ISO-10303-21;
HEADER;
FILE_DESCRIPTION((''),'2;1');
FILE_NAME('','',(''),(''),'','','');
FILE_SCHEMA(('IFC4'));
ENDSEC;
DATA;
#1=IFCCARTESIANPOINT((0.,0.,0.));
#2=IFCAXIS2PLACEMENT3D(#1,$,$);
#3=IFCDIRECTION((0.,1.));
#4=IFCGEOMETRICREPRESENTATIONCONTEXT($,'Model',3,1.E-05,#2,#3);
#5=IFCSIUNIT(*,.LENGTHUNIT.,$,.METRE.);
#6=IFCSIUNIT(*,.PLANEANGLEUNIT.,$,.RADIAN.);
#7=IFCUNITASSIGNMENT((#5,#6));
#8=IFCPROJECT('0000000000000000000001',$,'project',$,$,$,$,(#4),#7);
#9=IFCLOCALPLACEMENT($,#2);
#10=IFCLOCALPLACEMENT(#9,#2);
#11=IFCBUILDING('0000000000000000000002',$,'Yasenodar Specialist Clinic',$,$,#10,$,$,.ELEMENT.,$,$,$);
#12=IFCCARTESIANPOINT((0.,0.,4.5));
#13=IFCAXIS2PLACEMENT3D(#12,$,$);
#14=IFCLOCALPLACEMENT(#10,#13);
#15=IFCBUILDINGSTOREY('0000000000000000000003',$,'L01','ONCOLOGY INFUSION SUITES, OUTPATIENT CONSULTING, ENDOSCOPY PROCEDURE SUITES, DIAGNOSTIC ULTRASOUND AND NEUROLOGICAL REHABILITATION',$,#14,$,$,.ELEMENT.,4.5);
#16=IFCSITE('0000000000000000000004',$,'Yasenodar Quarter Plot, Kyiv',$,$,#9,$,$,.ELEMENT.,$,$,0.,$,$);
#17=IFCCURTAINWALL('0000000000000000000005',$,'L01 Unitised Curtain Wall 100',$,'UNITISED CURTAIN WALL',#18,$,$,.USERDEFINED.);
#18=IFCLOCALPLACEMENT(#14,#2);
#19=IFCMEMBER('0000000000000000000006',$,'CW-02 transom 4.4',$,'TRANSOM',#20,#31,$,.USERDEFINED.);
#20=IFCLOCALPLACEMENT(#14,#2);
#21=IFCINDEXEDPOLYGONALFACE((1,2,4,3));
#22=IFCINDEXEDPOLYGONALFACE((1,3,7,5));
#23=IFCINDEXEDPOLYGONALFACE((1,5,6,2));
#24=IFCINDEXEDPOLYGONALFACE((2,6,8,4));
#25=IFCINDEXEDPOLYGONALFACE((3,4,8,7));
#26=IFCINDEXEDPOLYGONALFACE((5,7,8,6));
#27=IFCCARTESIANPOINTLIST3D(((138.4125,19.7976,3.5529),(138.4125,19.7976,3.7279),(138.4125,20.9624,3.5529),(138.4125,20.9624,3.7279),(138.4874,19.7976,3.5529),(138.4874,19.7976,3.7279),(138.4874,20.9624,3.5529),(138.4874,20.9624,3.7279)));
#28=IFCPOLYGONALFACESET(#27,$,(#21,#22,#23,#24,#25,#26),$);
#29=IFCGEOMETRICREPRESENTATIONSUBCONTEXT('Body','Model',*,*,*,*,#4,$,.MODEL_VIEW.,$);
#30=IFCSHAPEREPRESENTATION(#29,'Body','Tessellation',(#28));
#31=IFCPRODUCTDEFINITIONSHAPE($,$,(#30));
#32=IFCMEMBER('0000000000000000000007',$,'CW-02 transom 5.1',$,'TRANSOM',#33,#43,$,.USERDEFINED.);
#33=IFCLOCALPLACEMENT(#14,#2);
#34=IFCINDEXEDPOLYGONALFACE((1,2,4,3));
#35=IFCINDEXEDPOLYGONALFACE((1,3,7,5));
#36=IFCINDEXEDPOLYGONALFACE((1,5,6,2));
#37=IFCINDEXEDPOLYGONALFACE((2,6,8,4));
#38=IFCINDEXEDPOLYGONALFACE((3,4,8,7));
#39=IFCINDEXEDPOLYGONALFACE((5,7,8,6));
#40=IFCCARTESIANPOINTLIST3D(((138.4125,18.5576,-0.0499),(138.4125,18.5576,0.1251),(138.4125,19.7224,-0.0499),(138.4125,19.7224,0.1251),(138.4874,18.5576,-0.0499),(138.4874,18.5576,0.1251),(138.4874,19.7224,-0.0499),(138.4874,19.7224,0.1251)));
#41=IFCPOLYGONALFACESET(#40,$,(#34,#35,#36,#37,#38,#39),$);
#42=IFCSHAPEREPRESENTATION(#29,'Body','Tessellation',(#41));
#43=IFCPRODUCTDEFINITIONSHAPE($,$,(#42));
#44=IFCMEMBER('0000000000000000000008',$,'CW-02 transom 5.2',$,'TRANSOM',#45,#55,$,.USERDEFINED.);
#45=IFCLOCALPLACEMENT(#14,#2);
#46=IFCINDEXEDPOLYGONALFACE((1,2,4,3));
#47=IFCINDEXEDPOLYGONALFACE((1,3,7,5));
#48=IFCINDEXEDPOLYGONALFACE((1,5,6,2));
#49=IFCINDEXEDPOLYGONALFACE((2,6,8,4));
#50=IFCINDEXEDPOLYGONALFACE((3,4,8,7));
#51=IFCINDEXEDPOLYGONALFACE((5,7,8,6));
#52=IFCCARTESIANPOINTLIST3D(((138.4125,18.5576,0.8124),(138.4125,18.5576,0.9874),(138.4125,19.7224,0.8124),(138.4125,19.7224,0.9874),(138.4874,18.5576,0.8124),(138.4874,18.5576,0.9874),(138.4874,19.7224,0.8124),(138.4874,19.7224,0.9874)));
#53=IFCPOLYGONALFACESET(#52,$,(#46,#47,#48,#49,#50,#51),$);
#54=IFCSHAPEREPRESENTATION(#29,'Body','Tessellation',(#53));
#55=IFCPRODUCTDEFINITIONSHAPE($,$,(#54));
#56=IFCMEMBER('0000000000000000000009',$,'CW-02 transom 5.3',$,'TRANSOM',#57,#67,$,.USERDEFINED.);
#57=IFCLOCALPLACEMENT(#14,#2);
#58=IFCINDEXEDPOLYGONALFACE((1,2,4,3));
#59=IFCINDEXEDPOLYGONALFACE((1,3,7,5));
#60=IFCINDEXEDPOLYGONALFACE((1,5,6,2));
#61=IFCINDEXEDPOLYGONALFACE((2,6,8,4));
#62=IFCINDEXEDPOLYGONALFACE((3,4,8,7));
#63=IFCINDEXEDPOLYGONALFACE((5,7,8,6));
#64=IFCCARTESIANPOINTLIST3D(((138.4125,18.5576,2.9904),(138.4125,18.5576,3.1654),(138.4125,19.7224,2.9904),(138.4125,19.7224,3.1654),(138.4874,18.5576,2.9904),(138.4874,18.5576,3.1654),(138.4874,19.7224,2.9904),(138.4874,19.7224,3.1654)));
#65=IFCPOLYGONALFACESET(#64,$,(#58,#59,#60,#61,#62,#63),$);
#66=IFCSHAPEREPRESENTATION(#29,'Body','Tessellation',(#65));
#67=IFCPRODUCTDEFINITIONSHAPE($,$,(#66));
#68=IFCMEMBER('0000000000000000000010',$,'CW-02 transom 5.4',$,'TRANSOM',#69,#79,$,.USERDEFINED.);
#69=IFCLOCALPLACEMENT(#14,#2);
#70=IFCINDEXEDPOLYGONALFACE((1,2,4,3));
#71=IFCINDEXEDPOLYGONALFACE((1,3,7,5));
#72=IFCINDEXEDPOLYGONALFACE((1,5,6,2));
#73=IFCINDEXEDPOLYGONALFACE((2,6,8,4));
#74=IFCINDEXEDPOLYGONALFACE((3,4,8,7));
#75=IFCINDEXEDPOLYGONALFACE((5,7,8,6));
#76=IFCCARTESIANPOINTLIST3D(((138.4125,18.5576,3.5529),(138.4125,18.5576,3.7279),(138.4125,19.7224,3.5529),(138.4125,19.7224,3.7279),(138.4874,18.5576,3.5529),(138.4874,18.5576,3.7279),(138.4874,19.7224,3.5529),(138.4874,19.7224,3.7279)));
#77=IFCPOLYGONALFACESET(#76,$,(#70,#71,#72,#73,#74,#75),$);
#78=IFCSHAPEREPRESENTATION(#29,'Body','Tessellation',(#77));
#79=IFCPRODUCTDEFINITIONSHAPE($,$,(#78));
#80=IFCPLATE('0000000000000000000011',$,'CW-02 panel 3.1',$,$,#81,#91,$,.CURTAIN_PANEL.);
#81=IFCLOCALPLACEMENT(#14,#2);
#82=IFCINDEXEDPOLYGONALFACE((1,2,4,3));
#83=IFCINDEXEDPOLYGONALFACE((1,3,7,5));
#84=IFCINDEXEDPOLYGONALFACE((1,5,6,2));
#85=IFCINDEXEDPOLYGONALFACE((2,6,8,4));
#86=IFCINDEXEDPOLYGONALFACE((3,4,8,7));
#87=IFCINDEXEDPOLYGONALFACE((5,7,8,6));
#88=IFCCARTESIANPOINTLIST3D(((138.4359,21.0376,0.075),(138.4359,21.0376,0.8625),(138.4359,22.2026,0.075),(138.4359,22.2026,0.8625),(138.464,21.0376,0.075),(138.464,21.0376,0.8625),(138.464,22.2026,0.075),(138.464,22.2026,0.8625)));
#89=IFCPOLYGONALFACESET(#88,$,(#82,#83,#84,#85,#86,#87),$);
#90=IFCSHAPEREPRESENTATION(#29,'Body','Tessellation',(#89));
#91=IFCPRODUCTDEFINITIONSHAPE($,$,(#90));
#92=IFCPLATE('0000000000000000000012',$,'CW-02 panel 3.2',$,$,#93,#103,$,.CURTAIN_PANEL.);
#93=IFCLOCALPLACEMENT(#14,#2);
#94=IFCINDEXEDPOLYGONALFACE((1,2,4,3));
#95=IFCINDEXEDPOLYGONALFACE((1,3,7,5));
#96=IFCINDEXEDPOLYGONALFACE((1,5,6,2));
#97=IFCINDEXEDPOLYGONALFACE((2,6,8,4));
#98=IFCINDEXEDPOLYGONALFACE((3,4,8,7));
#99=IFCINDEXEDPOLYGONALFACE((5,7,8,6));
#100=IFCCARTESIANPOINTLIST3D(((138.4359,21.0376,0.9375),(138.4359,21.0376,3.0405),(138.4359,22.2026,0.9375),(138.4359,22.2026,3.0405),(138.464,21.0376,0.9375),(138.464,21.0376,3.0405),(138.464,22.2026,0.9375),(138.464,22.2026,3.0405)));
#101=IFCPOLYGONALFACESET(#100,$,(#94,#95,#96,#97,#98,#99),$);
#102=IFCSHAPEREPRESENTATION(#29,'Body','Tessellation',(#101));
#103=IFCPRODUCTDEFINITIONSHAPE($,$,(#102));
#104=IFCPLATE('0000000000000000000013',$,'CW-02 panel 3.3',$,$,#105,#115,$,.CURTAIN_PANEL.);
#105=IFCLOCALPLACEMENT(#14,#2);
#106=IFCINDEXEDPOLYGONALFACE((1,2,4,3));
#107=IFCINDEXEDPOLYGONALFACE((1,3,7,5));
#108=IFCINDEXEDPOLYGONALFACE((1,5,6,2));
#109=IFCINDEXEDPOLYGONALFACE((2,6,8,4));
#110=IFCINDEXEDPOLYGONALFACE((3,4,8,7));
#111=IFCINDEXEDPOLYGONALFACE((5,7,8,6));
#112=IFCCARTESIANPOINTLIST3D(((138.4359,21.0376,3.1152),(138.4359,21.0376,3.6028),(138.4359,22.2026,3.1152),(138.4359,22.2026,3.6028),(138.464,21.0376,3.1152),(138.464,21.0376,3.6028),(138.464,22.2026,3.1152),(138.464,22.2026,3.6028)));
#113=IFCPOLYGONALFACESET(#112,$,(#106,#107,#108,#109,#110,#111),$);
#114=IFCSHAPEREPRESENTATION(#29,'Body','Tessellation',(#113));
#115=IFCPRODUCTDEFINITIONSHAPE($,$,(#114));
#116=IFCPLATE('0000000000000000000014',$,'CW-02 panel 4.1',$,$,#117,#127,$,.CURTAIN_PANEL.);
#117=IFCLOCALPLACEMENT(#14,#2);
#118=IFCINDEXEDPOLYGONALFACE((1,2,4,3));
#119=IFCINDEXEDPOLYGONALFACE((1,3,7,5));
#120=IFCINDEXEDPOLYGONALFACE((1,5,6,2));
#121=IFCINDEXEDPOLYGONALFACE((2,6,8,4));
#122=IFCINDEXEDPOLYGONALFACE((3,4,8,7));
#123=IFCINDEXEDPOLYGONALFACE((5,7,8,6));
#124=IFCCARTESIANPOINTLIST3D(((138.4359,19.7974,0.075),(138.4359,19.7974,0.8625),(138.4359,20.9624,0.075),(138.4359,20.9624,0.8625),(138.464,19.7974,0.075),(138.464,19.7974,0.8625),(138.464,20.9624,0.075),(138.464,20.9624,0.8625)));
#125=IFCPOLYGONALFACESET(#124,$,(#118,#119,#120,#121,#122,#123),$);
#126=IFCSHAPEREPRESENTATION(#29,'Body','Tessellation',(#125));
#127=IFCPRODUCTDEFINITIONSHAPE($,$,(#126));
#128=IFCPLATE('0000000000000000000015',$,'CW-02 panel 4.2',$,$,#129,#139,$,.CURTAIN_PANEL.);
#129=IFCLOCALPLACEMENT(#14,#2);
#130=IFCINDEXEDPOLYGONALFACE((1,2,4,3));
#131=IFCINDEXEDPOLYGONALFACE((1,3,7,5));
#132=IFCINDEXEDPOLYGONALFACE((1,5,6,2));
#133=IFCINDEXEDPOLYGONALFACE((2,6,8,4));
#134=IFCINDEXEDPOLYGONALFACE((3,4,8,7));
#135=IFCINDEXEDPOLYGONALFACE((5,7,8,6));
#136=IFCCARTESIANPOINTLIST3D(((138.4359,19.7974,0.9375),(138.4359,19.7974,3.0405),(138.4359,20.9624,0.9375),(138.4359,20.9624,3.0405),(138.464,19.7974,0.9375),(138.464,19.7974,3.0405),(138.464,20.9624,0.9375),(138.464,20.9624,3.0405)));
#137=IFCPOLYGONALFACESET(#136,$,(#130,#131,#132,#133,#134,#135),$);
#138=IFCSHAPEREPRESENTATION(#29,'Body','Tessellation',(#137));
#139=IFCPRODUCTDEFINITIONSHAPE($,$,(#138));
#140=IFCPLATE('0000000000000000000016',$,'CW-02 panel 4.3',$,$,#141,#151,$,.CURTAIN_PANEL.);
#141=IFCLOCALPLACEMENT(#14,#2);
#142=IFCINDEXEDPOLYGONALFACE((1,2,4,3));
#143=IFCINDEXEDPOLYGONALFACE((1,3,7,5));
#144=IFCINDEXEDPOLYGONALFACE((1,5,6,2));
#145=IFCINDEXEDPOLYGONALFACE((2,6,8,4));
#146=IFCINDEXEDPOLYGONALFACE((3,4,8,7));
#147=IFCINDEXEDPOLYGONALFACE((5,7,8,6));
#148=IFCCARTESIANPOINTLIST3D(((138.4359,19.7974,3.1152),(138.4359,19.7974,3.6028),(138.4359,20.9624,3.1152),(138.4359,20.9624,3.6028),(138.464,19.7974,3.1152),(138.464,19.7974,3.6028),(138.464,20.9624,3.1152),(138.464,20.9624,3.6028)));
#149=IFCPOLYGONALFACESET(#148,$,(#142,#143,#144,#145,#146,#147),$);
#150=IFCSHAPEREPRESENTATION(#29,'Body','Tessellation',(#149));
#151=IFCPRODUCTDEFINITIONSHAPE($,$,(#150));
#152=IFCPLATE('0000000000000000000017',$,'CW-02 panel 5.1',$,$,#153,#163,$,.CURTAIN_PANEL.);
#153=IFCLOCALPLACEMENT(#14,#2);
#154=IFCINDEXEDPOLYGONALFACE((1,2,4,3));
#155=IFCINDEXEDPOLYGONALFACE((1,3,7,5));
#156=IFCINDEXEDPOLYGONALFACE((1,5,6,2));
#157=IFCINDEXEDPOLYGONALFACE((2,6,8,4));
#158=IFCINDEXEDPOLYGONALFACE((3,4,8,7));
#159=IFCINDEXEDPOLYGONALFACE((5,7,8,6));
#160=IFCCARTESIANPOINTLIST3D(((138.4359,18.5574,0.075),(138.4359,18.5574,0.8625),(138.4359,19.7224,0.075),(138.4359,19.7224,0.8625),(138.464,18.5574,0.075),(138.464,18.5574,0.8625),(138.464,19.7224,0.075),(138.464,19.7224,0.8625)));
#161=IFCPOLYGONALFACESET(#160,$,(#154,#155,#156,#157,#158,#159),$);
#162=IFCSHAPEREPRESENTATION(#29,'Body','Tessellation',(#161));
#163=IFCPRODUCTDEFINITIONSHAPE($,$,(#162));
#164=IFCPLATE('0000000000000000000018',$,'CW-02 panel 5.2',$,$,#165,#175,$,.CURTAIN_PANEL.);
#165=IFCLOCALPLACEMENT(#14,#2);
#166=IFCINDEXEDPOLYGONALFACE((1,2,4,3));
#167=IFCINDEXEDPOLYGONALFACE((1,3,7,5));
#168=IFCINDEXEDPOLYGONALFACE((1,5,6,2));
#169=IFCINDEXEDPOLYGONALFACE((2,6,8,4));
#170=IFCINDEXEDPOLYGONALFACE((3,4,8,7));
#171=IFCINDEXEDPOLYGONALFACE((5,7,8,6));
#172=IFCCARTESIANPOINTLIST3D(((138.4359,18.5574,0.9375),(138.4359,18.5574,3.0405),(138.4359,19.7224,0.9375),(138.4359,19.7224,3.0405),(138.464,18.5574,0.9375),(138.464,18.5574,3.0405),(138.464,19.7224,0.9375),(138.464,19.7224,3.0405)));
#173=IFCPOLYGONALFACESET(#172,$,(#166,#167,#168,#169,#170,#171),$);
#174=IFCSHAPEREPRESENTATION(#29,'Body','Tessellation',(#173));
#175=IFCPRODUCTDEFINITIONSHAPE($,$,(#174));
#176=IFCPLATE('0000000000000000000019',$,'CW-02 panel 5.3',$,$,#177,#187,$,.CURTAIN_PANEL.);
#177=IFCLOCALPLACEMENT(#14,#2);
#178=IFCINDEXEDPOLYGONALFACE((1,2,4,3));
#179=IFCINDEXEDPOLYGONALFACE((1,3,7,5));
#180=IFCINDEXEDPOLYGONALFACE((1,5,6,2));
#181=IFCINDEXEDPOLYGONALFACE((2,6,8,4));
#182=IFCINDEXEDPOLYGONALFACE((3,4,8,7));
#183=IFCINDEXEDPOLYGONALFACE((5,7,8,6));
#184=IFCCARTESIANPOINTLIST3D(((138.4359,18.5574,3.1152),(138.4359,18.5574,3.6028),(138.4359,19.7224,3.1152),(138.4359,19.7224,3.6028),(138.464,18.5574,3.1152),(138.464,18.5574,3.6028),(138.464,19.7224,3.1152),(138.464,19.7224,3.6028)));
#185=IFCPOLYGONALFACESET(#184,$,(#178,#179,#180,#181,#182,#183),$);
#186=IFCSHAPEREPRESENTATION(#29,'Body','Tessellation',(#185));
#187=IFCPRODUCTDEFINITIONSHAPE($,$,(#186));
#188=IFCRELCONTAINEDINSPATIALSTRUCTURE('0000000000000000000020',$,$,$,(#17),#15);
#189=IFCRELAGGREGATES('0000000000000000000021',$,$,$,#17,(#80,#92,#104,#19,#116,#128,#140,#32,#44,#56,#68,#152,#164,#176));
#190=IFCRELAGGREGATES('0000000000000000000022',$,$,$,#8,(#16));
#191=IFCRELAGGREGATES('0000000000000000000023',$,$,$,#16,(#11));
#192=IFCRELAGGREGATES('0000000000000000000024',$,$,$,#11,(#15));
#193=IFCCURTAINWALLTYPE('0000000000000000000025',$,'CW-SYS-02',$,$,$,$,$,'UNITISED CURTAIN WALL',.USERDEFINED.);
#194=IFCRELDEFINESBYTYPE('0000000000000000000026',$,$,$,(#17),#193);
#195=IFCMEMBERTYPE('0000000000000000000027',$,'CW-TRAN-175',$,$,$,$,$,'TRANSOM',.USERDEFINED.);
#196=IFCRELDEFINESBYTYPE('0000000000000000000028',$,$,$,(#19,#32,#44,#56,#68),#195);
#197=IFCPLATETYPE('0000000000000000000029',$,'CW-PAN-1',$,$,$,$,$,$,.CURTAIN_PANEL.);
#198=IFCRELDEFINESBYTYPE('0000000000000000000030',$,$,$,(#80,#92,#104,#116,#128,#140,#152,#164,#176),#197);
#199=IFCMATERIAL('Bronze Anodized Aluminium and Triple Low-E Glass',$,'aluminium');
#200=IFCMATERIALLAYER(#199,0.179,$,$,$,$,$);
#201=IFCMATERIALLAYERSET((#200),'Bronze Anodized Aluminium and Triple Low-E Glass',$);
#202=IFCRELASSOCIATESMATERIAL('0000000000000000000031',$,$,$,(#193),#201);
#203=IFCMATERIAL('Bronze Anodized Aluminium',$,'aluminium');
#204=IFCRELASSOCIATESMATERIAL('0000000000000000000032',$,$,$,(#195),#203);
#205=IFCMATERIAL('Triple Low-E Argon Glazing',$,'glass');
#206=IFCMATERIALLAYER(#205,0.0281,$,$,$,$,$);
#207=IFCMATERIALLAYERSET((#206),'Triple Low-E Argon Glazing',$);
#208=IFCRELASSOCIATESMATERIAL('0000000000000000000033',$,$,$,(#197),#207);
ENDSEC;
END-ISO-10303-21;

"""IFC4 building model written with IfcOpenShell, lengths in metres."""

from ifc_helpers import new_model, si_unit, direction, frame, origin, origin_2d, place, context, subcontext, project, spatial, rectangle, extrude, material, layer, layer_set, material_profile, profile_set, type_object, element, aggregate, save


model = new_model("IFC4")

# Units and contexts
model_context = context("Model", 3, precision=1e-05, world=origin(), true_north=direction((0.0, 1.0)))
body_context = subcontext(model_context, "Body", "Model", "MODEL_VIEW")
ifc_project = project(units=[si_unit("LENGTHUNIT", "METRE"), si_unit("PLANEANGLEUNIT", "RADIAN")], contexts=[model_context])

# Site, building, storey
site_placement = place(None, origin())
site = spatial("IfcSite", under=ifc_project, at=site_placement, Name="Yasenodar Quarter Plot, Kyiv", CompositionType="ELEMENT", RefElevation=0.0)
building_placement = place(site_placement, origin())
building = spatial("IfcBuilding", under=site, at=building_placement, Name="Yasenodar Specialist Clinic", CompositionType="ELEMENT")
storey_placement = place(building_placement, frame((0.0, 0.0, 4.5)))
storey = spatial("IfcBuildingStorey", under=building, at=storey_placement, Name="L01", Description="ONCOLOGY INFUSION SUITES, OUTPATIENT CONSULTING, ENDOSCOPY PROCEDURE SUITES, DIAGNOSTIC ULTRASOUND AND NEUROLOGICAL REHABILITATION", CompositionType="ELEMENT", Elevation=4.5)

# Curtain wall, members, plates
ifc_material_1 = material(Name="Bronze Anodized Aluminium and Triple Low-E Glass", Category="aluminium")
ifc_layer_1 = layer(ifc_material_1, 0.179)
ifc_layer_set_1 = layer_set([ifc_layer_1], Name="Bronze Anodized Aluminium and Triple Low-E Glass")
curtain_wall_type = type_object("IfcCurtainWallType", Name="CW-SYS-02", ElementType="UNITISED CURTAIN WALL", PredefinedType="USERDEFINED", material=ifc_layer_set_1)
curtain_wall_placement = place(storey_placement, origin())
curtain_wall = element("IfcCurtainWall", 1, at=curtain_wall_placement, inside=storey, type_object=curtain_wall_type, Name="L01 Unitised Curtain Wall 100", ObjectType="UNITISED CURTAIN WALL", PredefinedType="USERDEFINED")
ifc_material_2 = material(Name="Bronze Anodized Aluminium", Category="aluminium")
ifc_material_profile_1 = material_profile(ifc_material_2, rectangle(XDim=0.075, YDim=0.175, at=origin_2d()), Name="CW-TRAN 75x175")
ifc_profile_set_1 = profile_set([ifc_material_profile_1], Name="Bronze Anodized Aluminium")
member_type_1 = type_object("IfcMemberType", Name="CW-TRAN-175", ElementType="TRANSOM", PredefinedType="USERDEFINED", material=ifc_profile_set_1)
member_1_placement = place(storey_placement, frame((138.45, 20.9624, 3.6404), z_axis=(0.0, -1.0, 0.0), x_axis=(1.0, 0.0, 0.0)))
member_1 = element("IfcMember", 2, at=member_1_placement, type_object=member_type_1, Name="CW-02 transom 4.4", ObjectType="TRANSOM", PredefinedType="USERDEFINED", context=body_context, shape_type="SweptSolid", body=[
    extrude(rectangle(XDim=0.075, YDim=0.175, at=origin_2d()), origin(), (0.0, 0.0, 1.0), 1.1648),
])
member_2_placement = place(storey_placement, frame((138.45, 19.7224, 0.0376), z_axis=(0.0, -1.0, 0.0), x_axis=(1.0, 0.0, 0.0)))
member_2 = element("IfcMember", 3, at=member_2_placement, type_object=member_type_1, Name="CW-02 transom 5.1", ObjectType="TRANSOM", PredefinedType="USERDEFINED", context=body_context, shape_type="SweptSolid", body=[
    extrude(rectangle(XDim=0.075, YDim=0.175, at=origin_2d()), origin(), (0.0, 0.0, 1.0), 1.1648),
])
member_3_placement = place(storey_placement, frame((138.45, 19.7224, 0.8999), z_axis=(0.0, -1.0, 0.0), x_axis=(1.0, 0.0, 0.0)))
member_3 = element("IfcMember", 4, at=member_3_placement, type_object=member_type_1, Name="CW-02 transom 5.2", ObjectType="TRANSOM", PredefinedType="USERDEFINED", context=body_context, shape_type="SweptSolid", body=[
    extrude(rectangle(XDim=0.075, YDim=0.175, at=origin_2d()), origin(), (0.0, 0.0, 1.0), 1.1648),
])
member_4_placement = place(storey_placement, frame((138.45, 19.7224, 3.0779), z_axis=(0.0, -1.0, 0.0), x_axis=(1.0, 0.0, 0.0)))
member_4 = element("IfcMember", 5, at=member_4_placement, type_object=member_type_1, Name="CW-02 transom 5.3", ObjectType="TRANSOM", PredefinedType="USERDEFINED", context=body_context, shape_type="SweptSolid", body=[
    extrude(rectangle(XDim=0.075, YDim=0.175, at=origin_2d()), origin(), (0.0, 0.0, 1.0), 1.1648),
])
member_5_placement = place(storey_placement, frame((138.45, 19.7224, 3.6404), z_axis=(0.0, -1.0, 0.0), x_axis=(1.0, 0.0, 0.0)))
member_5 = element("IfcMember", 6, at=member_5_placement, type_object=member_type_1, Name="CW-02 transom 5.4", ObjectType="TRANSOM", PredefinedType="USERDEFINED", context=body_context, shape_type="SweptSolid", body=[
    extrude(rectangle(XDim=0.075, YDim=0.175, at=origin_2d()), origin(), (0.0, 0.0, 1.0), 1.1648),
])
ifc_material_3 = material(Name="Triple Low-E Argon Glazing", Category="glass")
ifc_layer_2 = layer(ifc_material_3, 0.0281)
ifc_layer_set_2 = layer_set([ifc_layer_2], Name="Triple Low-E Argon Glazing")
plate_type = type_object("IfcPlateType", Name="CW-PAN-1", PredefinedType="CURTAIN_PANEL", material=ifc_layer_set_2)
plate_1_placement = place(storey_placement, frame((138.45, 21.6201, 0.075), z_axis=(0.0, 0.0, 1.0), x_axis=(0.0, -1.0, 0.0)))
plate_1 = element("IfcPlate", 7, at=plate_1_placement, type_object=plate_type, Name="CW-02 panel 3.1", PredefinedType="CURTAIN_PANEL", context=body_context, shape_type="SweptSolid", body=[
    extrude(rectangle(XDim=1.165, YDim=0.0281, at=origin_2d()), origin(), (0.0, 0.0, 1.0), 0.7876),
])
plate_2_placement = place(storey_placement, frame((138.45, 21.6201, 0.9375), z_axis=(0.0, 0.0, 1.0), x_axis=(0.0, -1.0, 0.0)))
plate_2 = element("IfcPlate", 8, at=plate_2_placement, type_object=plate_type, Name="CW-02 panel 3.2", PredefinedType="CURTAIN_PANEL", context=body_context, shape_type="SweptSolid", body=[
    extrude(rectangle(XDim=1.165, YDim=0.0281, at=origin_2d()), origin(), (0.0, 0.0, 1.0), 2.103),
])
plate_3_placement = place(storey_placement, frame((138.45, 21.6201, 3.1152), z_axis=(0.0, 0.0, 1.0), x_axis=(0.0, -1.0, 0.0)))
plate_3 = element("IfcPlate", 9, at=plate_3_placement, type_object=plate_type, Name="CW-02 panel 3.3", PredefinedType="CURTAIN_PANEL", context=body_context, shape_type="SweptSolid", body=[
    extrude(rectangle(XDim=1.165, YDim=0.0281, at=origin_2d()), origin(), (0.0, 0.0, 1.0), 0.4875),
])
plate_4_placement = place(storey_placement, frame((138.45, 20.3799, 0.075), z_axis=(0.0, 0.0, 1.0), x_axis=(0.0, -1.0, 0.0)))
plate_4 = element("IfcPlate", 10, at=plate_4_placement, type_object=plate_type, Name="CW-02 panel 4.1", PredefinedType="CURTAIN_PANEL", context=body_context, shape_type="SweptSolid", body=[
    extrude(rectangle(XDim=1.165, YDim=0.0281, at=origin_2d()), origin(), (0.0, 0.0, 1.0), 0.7876),
])
plate_5_placement = place(storey_placement, frame((138.45, 20.3799, 0.9375), z_axis=(0.0, 0.0, 1.0), x_axis=(0.0, -1.0, 0.0)))
plate_5 = element("IfcPlate", 11, at=plate_5_placement, type_object=plate_type, Name="CW-02 panel 4.2", PredefinedType="CURTAIN_PANEL", context=body_context, shape_type="SweptSolid", body=[
    extrude(rectangle(XDim=1.165, YDim=0.0281, at=origin_2d()), origin(), (0.0, 0.0, 1.0), 2.103),
])
plate_6_placement = place(storey_placement, frame((138.45, 20.3799, 3.1152), z_axis=(0.0, 0.0, 1.0), x_axis=(0.0, -1.0, 0.0)))
plate_6 = element("IfcPlate", 12, at=plate_6_placement, type_object=plate_type, Name="CW-02 panel 4.3", PredefinedType="CURTAIN_PANEL", context=body_context, shape_type="SweptSolid", body=[
    extrude(rectangle(XDim=1.165, YDim=0.0281, at=origin_2d()), origin(), (0.0, 0.0, 1.0), 0.4875),
])
plate_7_placement = place(storey_placement, frame((138.45, 19.1399, 0.075), z_axis=(0.0, 0.0, 1.0), x_axis=(0.0, -1.0, 0.0)))
plate_7 = element("IfcPlate", 13, at=plate_7_placement, type_object=plate_type, Name="CW-02 panel 5.1", PredefinedType="CURTAIN_PANEL", context=body_context, shape_type="SweptSolid", body=[
    extrude(rectangle(XDim=1.165, YDim=0.0281, at=origin_2d()), origin(), (0.0, 0.0, 1.0), 0.7876),
])
plate_8_placement = place(storey_placement, frame((138.45, 19.1399, 0.9375), z_axis=(0.0, 0.0, 1.0), x_axis=(0.0, -1.0, 0.0)))
plate_8 = element("IfcPlate", 14, at=plate_8_placement, type_object=plate_type, Name="CW-02 panel 5.2", PredefinedType="CURTAIN_PANEL", context=body_context, shape_type="SweptSolid", body=[
    extrude(rectangle(XDim=1.165, YDim=0.0281, at=origin_2d()), origin(), (0.0, 0.0, 1.0), 2.103),
])
plate_9_placement = place(storey_placement, frame((138.45, 19.1399, 3.1152), z_axis=(0.0, 0.0, 1.0), x_axis=(0.0, -1.0, 0.0)))
plate_9 = element("IfcPlate", 15, at=plate_9_placement, type_object=plate_type, Name="CW-02 panel 5.3", PredefinedType="CURTAIN_PANEL", context=body_context, shape_type="SweptSolid", body=[
    extrude(rectangle(XDim=1.165, YDim=0.0281, at=origin_2d()), origin(), (0.0, 0.0, 1.0), 0.4875),
])
aggregate(curtain_wall, [plate_1, plate_2, plate_3, member_1, plate_4, plate_5, plate_6, member_2, member_3, member_4, member_5, plate_7, plate_8, plate_9])

save(model, "model.ifc")
